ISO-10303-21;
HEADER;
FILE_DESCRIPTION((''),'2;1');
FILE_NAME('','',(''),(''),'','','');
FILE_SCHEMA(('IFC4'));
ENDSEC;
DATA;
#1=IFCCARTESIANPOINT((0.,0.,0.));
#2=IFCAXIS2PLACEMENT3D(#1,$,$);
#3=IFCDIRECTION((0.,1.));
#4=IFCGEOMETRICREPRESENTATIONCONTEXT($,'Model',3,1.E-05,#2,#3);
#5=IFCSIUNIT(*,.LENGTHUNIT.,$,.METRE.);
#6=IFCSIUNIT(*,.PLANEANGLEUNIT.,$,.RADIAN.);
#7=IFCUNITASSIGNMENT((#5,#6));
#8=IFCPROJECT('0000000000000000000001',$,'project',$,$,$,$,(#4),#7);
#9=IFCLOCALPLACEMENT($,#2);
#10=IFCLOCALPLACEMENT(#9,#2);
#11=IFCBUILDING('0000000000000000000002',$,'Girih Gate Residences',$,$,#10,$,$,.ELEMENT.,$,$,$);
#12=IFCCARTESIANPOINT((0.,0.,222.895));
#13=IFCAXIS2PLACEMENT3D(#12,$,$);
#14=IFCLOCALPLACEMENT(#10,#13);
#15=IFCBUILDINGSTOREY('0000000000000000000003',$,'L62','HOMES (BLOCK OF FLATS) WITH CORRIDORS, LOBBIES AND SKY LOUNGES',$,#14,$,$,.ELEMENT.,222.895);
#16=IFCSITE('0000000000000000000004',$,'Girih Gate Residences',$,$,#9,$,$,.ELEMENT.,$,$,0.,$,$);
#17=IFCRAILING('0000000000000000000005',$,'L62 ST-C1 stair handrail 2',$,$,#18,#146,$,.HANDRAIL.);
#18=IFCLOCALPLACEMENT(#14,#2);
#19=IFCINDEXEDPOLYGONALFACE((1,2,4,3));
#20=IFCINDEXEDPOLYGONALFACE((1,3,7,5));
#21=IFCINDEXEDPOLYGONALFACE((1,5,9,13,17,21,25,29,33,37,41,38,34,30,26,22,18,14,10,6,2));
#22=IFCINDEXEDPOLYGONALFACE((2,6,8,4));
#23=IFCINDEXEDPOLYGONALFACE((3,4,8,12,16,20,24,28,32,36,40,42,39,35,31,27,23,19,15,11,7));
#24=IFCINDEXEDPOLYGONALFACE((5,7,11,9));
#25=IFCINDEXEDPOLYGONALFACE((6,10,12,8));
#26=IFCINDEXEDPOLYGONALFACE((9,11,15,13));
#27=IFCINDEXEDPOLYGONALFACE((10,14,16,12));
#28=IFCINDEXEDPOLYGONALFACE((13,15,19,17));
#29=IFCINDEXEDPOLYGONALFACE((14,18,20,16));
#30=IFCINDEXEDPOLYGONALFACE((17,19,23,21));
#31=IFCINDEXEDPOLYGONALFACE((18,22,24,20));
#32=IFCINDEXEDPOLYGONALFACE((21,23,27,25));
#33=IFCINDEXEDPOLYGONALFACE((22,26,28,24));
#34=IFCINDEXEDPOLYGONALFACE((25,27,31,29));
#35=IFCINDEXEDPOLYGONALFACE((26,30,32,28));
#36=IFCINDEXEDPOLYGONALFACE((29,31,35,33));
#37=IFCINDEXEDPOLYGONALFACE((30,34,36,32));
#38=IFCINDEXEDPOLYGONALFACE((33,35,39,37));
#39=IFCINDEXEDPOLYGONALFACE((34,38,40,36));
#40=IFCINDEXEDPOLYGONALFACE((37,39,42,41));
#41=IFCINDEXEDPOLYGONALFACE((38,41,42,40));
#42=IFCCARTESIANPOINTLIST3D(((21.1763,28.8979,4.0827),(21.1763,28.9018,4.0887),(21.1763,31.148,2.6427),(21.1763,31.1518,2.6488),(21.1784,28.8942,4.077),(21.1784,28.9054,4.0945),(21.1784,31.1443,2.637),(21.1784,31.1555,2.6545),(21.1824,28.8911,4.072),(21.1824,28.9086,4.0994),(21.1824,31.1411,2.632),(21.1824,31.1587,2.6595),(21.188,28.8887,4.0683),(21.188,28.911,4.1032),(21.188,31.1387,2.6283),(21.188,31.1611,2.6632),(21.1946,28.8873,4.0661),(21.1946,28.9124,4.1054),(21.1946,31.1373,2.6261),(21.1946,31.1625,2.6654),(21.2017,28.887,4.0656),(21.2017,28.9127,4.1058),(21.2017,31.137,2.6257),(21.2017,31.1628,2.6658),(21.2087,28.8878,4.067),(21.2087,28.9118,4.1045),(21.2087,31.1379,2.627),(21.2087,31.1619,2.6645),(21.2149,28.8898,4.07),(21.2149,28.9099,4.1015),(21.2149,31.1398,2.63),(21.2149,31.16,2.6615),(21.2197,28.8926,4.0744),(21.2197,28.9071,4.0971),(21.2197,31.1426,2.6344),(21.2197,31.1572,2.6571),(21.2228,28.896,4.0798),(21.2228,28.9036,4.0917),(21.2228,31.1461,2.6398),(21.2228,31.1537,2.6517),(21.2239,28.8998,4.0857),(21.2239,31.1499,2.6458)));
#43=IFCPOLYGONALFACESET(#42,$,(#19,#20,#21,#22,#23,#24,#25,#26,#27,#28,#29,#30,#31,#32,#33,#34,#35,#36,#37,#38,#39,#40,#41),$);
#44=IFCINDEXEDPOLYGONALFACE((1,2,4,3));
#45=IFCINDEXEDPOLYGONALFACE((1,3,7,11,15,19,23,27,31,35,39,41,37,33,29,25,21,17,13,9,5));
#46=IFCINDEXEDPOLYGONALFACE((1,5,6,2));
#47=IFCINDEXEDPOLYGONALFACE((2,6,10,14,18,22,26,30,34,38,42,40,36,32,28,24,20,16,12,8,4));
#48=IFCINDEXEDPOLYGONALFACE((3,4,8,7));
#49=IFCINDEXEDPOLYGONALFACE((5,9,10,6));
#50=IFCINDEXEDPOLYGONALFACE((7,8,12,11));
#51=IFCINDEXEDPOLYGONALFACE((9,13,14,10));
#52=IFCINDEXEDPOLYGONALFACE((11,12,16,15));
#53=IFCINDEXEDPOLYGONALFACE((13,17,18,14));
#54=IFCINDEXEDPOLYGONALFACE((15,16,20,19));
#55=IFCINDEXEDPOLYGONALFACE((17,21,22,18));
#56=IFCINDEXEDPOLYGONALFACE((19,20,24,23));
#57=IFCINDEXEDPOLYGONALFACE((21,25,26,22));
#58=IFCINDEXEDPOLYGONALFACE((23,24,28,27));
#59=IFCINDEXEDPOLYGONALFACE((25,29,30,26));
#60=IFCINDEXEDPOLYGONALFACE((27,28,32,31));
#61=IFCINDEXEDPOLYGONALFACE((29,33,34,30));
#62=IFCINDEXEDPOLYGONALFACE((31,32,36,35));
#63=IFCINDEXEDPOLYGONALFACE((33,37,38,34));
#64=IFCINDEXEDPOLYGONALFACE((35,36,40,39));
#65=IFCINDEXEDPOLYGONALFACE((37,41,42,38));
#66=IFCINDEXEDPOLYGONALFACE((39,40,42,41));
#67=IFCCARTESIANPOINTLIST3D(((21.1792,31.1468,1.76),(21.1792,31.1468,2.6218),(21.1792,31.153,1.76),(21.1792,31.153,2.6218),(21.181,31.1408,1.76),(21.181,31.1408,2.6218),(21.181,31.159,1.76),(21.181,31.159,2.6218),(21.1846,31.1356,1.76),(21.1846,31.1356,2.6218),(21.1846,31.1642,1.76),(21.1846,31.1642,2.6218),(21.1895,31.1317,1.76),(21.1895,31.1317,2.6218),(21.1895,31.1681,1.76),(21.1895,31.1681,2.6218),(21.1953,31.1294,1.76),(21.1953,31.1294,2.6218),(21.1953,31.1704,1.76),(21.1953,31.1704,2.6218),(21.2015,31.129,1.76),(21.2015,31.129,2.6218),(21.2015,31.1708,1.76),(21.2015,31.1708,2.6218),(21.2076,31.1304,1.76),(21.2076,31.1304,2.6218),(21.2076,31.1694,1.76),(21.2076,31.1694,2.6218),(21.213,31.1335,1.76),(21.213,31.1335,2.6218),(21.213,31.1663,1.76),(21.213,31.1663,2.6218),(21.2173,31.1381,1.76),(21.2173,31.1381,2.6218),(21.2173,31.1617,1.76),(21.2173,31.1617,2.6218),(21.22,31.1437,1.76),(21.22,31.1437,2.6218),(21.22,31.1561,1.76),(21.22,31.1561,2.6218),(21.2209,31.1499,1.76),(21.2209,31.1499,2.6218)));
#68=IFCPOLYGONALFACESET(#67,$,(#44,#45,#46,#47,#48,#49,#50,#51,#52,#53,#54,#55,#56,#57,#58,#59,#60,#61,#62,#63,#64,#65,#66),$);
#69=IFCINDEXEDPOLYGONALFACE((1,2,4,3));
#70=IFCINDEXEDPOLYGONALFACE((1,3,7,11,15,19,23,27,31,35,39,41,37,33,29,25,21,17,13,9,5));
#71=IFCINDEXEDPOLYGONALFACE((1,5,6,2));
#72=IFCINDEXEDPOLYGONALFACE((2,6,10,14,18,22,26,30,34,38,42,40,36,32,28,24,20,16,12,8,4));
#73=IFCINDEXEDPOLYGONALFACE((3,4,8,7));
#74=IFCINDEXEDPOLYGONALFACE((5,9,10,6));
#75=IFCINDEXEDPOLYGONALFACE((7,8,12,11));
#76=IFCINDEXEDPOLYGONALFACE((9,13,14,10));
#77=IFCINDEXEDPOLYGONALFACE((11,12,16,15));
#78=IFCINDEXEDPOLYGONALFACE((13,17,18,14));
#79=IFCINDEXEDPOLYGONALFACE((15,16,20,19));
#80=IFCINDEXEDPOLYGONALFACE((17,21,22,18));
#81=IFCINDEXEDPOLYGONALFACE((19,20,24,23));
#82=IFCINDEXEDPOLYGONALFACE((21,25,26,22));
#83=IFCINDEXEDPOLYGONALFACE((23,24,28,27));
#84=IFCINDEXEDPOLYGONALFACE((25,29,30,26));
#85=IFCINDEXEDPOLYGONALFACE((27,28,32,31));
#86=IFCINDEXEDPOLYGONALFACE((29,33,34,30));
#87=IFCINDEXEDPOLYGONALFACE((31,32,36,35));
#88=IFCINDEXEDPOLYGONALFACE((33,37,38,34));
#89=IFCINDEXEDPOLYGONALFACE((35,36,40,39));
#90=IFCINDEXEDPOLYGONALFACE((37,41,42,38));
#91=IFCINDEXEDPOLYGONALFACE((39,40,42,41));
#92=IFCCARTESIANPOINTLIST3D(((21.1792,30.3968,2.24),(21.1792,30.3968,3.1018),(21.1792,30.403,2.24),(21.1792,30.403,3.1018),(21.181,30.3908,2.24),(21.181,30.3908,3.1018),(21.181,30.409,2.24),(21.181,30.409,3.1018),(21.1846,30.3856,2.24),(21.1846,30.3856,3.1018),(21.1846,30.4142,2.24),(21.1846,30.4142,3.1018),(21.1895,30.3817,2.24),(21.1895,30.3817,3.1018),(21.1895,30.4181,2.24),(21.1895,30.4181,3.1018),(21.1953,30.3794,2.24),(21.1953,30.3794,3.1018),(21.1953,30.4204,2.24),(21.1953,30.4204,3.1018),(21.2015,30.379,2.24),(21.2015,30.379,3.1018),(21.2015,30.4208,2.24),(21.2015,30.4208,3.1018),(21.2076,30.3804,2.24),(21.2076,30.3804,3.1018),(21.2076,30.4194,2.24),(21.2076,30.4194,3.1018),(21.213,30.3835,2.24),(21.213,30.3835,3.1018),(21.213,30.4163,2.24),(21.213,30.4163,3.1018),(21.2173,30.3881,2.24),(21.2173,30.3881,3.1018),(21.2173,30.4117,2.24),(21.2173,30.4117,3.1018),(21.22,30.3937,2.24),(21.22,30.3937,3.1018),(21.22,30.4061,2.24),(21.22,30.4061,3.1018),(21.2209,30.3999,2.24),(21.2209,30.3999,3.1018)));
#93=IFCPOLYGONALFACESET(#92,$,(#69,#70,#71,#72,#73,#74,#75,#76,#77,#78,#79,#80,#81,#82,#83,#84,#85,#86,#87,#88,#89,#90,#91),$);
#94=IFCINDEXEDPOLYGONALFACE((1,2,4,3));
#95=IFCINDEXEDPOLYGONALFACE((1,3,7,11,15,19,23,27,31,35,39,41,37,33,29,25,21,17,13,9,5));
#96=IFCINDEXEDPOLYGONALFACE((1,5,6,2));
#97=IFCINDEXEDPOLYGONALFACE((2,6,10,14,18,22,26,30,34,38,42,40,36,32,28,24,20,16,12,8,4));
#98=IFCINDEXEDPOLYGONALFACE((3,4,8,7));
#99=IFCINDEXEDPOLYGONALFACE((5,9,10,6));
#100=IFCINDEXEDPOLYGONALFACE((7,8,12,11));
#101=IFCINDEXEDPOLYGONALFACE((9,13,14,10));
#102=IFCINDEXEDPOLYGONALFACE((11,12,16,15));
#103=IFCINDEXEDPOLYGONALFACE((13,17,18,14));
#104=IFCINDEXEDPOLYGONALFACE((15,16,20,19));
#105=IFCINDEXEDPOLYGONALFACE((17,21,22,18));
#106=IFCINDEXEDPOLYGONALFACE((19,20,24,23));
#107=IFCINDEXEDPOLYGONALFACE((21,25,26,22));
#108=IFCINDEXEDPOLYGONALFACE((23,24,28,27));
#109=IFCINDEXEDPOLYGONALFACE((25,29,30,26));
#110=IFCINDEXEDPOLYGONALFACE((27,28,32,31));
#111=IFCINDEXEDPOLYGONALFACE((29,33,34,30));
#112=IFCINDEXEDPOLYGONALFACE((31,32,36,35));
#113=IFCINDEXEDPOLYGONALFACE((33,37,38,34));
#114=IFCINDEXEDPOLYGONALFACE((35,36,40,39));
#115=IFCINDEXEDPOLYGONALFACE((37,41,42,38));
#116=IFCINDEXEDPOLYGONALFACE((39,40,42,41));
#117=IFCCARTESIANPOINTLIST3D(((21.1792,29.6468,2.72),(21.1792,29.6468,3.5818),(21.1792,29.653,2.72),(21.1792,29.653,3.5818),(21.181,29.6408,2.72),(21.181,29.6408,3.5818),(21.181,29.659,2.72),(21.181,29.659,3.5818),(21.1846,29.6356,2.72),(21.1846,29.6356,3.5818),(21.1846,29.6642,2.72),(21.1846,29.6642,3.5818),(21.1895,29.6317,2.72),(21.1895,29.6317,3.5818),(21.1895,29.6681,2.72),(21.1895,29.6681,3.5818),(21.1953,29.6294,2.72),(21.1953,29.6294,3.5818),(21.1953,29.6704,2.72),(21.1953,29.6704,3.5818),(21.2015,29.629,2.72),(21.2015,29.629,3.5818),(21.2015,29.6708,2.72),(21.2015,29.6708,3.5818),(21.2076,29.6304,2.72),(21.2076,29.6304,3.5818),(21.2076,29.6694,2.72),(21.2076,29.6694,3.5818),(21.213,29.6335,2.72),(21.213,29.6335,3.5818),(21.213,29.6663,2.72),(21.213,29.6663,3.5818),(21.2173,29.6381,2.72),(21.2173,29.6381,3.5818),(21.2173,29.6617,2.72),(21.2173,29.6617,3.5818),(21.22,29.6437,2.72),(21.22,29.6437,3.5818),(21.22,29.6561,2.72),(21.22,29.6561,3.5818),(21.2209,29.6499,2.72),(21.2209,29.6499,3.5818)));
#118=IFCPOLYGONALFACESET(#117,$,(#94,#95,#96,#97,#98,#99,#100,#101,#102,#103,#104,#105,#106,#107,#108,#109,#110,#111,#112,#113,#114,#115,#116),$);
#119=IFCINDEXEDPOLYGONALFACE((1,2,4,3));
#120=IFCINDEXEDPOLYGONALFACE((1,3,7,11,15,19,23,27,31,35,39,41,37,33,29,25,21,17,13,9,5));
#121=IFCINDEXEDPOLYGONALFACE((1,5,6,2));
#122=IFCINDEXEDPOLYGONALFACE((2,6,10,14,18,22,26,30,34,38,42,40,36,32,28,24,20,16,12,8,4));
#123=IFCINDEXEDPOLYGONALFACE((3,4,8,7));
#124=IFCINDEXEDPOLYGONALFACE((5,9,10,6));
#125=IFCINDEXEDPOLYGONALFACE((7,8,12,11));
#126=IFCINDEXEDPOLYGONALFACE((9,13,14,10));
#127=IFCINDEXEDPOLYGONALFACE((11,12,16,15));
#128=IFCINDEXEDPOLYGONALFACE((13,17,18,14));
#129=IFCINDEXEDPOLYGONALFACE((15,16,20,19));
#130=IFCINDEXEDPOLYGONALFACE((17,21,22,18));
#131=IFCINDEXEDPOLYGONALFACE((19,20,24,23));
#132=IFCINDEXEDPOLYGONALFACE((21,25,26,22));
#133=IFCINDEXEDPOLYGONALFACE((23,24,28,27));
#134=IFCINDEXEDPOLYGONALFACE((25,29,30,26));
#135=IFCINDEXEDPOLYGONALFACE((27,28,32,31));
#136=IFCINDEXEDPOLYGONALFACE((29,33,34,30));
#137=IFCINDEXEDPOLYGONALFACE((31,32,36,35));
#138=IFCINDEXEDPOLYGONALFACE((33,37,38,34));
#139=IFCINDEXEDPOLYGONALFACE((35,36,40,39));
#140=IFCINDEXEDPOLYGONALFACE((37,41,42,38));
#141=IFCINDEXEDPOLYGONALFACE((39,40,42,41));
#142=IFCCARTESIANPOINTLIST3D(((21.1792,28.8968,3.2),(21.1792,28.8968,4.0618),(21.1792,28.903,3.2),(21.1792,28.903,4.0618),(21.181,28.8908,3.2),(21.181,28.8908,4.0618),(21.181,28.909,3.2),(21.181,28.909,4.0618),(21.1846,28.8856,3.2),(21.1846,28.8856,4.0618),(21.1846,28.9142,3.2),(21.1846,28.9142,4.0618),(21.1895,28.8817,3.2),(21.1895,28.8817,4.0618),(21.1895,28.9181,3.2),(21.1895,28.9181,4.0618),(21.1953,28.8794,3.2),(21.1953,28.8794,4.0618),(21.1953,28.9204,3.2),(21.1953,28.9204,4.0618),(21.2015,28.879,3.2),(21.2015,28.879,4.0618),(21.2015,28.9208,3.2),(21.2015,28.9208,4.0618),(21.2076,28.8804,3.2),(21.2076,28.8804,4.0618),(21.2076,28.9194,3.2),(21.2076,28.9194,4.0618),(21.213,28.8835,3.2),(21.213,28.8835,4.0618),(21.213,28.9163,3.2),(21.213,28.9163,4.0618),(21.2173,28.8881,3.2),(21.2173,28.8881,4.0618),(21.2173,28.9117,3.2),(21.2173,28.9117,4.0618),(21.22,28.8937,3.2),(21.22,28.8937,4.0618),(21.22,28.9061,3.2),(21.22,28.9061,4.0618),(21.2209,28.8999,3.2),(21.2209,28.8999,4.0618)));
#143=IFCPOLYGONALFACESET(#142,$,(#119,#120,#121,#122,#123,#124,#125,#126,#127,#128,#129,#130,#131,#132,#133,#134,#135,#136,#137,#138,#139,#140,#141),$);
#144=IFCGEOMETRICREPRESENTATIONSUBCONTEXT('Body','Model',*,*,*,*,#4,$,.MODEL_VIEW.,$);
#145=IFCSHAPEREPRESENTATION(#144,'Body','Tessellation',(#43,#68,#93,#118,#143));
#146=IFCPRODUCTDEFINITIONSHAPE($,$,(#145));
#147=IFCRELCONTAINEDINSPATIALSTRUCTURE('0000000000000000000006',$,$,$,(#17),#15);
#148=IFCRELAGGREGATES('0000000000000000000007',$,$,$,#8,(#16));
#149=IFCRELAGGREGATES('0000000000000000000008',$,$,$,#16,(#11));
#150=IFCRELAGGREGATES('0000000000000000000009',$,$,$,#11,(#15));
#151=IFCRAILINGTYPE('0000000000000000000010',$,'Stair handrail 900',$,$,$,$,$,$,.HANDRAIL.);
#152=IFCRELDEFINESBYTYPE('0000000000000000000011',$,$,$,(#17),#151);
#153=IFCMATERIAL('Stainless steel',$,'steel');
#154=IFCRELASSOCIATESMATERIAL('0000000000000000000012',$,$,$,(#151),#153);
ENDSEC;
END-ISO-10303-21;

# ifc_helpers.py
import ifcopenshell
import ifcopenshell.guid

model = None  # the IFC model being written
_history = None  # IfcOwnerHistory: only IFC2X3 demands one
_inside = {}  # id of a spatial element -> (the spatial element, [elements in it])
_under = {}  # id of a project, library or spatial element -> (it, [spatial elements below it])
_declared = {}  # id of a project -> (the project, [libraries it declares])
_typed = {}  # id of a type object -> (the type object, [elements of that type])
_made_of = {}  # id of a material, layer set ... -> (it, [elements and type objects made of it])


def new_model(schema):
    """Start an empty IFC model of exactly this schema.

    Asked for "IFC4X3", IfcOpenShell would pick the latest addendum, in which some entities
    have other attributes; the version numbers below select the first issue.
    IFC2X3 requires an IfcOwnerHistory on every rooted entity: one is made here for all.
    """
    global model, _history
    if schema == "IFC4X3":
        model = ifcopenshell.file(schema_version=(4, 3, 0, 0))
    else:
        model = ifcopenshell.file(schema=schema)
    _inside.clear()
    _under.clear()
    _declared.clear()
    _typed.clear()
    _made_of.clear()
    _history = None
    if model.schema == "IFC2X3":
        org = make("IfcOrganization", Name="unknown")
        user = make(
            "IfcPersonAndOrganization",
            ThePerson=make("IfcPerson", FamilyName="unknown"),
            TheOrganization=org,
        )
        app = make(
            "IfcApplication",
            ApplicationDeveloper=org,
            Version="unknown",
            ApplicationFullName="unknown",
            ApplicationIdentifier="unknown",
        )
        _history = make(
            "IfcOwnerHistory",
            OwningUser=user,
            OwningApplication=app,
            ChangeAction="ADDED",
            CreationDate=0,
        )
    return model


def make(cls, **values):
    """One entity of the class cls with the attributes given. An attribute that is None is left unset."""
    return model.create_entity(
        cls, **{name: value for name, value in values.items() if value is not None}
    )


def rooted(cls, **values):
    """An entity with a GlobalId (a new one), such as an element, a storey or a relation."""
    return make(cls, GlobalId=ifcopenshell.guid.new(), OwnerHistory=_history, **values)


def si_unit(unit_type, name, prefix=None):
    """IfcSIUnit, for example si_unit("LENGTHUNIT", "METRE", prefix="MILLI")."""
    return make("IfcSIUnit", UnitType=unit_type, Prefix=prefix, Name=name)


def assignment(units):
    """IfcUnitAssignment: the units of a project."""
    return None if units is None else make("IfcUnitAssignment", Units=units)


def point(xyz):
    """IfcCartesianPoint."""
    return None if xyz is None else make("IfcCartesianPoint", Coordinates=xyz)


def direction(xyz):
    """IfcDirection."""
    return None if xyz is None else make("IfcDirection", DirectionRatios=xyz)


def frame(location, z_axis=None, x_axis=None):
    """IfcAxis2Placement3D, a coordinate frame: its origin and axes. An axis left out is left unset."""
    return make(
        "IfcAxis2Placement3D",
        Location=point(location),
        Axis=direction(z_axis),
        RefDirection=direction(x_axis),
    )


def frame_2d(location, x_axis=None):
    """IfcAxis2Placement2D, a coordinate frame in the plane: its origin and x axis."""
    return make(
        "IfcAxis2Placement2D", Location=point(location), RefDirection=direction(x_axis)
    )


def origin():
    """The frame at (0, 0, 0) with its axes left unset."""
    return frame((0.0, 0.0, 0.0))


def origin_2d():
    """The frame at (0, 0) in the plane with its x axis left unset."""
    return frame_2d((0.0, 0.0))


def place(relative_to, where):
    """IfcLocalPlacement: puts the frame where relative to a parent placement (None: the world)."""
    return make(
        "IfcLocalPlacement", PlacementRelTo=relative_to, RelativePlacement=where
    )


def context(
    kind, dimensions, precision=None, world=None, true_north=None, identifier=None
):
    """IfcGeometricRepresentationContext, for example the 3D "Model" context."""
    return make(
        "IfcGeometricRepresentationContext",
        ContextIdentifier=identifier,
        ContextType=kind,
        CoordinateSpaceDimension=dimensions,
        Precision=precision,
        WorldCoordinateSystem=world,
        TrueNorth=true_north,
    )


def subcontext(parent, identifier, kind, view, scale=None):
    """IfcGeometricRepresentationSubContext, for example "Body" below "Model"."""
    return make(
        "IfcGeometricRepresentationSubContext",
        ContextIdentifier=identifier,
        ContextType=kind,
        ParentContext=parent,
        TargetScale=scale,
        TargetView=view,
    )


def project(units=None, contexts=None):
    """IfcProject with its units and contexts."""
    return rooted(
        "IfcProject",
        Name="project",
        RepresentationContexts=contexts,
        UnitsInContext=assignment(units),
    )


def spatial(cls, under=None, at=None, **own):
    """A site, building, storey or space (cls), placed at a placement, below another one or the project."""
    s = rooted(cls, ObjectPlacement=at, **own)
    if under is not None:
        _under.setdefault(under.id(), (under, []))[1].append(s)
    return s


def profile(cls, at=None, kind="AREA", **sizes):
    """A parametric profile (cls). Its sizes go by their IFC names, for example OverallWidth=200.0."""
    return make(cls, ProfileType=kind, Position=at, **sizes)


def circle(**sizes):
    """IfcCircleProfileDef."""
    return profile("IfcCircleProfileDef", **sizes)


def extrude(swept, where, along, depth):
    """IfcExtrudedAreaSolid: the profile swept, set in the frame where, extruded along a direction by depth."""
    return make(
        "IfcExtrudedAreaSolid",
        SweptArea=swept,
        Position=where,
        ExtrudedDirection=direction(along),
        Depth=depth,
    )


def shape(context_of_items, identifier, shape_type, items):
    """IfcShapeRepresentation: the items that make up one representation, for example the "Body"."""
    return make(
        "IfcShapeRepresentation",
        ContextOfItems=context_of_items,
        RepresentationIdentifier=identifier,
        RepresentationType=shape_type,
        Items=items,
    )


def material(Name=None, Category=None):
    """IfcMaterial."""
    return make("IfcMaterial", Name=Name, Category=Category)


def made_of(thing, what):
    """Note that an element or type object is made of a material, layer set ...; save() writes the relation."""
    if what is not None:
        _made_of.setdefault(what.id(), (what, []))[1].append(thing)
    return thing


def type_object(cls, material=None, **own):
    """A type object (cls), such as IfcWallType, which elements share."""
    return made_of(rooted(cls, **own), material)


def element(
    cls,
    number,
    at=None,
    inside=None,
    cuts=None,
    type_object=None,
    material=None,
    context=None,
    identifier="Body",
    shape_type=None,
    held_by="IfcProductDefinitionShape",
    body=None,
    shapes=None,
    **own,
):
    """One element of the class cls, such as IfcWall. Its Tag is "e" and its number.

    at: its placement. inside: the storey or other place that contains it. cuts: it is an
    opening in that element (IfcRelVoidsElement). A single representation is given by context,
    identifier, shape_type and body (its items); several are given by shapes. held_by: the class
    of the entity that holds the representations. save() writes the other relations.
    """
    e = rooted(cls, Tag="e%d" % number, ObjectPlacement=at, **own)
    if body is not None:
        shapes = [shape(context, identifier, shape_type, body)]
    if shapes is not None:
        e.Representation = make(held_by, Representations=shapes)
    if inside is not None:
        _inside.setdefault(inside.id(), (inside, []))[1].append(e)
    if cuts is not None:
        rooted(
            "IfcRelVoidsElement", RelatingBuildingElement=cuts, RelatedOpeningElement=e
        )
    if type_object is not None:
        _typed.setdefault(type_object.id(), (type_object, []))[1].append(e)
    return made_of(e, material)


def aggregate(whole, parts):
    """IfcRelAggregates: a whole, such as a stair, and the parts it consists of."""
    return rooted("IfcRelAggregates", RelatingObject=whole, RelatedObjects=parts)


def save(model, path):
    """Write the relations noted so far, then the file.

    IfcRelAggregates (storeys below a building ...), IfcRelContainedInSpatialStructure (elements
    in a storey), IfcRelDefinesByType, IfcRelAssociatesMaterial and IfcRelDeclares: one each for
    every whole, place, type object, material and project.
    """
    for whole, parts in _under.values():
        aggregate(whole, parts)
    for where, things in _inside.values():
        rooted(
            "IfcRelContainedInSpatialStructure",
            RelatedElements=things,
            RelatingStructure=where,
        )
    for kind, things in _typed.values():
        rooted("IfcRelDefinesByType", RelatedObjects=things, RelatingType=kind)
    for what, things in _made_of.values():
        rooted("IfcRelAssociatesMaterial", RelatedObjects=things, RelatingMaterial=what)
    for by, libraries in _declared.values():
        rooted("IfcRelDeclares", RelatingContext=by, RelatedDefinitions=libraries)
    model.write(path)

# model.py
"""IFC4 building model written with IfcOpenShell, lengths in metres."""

from ifc_helpers import new_model, si_unit, direction, frame, origin, origin_2d, place, context, subcontext, project, spatial, circle, extrude, material, type_object, element, save


model = new_model("IFC4")

# Units and contexts
model_context = context("Model", 3, precision=1e-05, world=origin(), true_north=direction((0.0, 1.0)))
body_context = subcontext(model_context, "Body", "Model", "MODEL_VIEW")
ifc_project = project(units=[si_unit("LENGTHUNIT", "METRE"), si_unit("PLANEANGLEUNIT", "RADIAN")], contexts=[model_context])

# Site, building, storey
site_placement = place(None, origin())
site = spatial("IfcSite", under=ifc_project, at=site_placement, Name="Girih Gate Residences", CompositionType="ELEMENT", RefElevation=0.0)
building_placement = place(site_placement, origin())
building = spatial("IfcBuilding", under=site, at=building_placement, Name="Girih Gate Residences", CompositionType="ELEMENT")
storey_placement = place(building_placement, frame((0.0, 0.0, 222.895)))
storey = spatial("IfcBuildingStorey", under=building, at=storey_placement, Name="L62", Description="HOMES (BLOCK OF FLATS) WITH CORRIDORS, LOBBIES AND SKY LOUNGES", CompositionType="ELEMENT", Elevation=222.895)

# Railing
ifc_material_1 = material(Name="Stainless steel", Category="steel")
railing_type_1 = type_object("IfcRailingType", Name="Stair handrail 900", PredefinedType="HANDRAIL", material=ifc_material_1)
railing_1_placement = place(storey_placement, frame((21.2, 31.1499, 1.76)))
element("IfcRailing", 1, at=railing_1_placement, inside=storey, type_object=railing_type_1, Name="L62 ST-C1 stair handrail 2", PredefinedType="HANDRAIL", context=body_context, shape_type="SweptSolid", body=[
    extrude(circle(Radius=0.0239, at=origin_2d()), frame((0.0, 0.0, 0.8857), z_axis=(0.0, -0.842281, 0.539038), x_axis=(1.0, 0.0, 0.0)), (0.0, 0.0, 1.0), 2.6714),
    extrude(circle(Radius=0.021, at=origin_2d()), origin(), (0.0, 0.0, 1.0), 0.8618),
    extrude(circle(Radius=0.021, at=origin_2d()), frame((0.0, -0.75, 0.48)), (0.0, 0.0, 1.0), 0.8618),
    extrude(circle(Radius=0.021, at=origin_2d()), frame((0.0, -1.5, 0.96)), (0.0, 0.0, 1.0), 0.8618),
    extrude(circle(Radius=0.021, at=origin_2d()), frame((0.0, -2.25, 1.4399)), (0.0, 0.0, 1.0), 0.8618),
])

save(model, "model.ifc")
